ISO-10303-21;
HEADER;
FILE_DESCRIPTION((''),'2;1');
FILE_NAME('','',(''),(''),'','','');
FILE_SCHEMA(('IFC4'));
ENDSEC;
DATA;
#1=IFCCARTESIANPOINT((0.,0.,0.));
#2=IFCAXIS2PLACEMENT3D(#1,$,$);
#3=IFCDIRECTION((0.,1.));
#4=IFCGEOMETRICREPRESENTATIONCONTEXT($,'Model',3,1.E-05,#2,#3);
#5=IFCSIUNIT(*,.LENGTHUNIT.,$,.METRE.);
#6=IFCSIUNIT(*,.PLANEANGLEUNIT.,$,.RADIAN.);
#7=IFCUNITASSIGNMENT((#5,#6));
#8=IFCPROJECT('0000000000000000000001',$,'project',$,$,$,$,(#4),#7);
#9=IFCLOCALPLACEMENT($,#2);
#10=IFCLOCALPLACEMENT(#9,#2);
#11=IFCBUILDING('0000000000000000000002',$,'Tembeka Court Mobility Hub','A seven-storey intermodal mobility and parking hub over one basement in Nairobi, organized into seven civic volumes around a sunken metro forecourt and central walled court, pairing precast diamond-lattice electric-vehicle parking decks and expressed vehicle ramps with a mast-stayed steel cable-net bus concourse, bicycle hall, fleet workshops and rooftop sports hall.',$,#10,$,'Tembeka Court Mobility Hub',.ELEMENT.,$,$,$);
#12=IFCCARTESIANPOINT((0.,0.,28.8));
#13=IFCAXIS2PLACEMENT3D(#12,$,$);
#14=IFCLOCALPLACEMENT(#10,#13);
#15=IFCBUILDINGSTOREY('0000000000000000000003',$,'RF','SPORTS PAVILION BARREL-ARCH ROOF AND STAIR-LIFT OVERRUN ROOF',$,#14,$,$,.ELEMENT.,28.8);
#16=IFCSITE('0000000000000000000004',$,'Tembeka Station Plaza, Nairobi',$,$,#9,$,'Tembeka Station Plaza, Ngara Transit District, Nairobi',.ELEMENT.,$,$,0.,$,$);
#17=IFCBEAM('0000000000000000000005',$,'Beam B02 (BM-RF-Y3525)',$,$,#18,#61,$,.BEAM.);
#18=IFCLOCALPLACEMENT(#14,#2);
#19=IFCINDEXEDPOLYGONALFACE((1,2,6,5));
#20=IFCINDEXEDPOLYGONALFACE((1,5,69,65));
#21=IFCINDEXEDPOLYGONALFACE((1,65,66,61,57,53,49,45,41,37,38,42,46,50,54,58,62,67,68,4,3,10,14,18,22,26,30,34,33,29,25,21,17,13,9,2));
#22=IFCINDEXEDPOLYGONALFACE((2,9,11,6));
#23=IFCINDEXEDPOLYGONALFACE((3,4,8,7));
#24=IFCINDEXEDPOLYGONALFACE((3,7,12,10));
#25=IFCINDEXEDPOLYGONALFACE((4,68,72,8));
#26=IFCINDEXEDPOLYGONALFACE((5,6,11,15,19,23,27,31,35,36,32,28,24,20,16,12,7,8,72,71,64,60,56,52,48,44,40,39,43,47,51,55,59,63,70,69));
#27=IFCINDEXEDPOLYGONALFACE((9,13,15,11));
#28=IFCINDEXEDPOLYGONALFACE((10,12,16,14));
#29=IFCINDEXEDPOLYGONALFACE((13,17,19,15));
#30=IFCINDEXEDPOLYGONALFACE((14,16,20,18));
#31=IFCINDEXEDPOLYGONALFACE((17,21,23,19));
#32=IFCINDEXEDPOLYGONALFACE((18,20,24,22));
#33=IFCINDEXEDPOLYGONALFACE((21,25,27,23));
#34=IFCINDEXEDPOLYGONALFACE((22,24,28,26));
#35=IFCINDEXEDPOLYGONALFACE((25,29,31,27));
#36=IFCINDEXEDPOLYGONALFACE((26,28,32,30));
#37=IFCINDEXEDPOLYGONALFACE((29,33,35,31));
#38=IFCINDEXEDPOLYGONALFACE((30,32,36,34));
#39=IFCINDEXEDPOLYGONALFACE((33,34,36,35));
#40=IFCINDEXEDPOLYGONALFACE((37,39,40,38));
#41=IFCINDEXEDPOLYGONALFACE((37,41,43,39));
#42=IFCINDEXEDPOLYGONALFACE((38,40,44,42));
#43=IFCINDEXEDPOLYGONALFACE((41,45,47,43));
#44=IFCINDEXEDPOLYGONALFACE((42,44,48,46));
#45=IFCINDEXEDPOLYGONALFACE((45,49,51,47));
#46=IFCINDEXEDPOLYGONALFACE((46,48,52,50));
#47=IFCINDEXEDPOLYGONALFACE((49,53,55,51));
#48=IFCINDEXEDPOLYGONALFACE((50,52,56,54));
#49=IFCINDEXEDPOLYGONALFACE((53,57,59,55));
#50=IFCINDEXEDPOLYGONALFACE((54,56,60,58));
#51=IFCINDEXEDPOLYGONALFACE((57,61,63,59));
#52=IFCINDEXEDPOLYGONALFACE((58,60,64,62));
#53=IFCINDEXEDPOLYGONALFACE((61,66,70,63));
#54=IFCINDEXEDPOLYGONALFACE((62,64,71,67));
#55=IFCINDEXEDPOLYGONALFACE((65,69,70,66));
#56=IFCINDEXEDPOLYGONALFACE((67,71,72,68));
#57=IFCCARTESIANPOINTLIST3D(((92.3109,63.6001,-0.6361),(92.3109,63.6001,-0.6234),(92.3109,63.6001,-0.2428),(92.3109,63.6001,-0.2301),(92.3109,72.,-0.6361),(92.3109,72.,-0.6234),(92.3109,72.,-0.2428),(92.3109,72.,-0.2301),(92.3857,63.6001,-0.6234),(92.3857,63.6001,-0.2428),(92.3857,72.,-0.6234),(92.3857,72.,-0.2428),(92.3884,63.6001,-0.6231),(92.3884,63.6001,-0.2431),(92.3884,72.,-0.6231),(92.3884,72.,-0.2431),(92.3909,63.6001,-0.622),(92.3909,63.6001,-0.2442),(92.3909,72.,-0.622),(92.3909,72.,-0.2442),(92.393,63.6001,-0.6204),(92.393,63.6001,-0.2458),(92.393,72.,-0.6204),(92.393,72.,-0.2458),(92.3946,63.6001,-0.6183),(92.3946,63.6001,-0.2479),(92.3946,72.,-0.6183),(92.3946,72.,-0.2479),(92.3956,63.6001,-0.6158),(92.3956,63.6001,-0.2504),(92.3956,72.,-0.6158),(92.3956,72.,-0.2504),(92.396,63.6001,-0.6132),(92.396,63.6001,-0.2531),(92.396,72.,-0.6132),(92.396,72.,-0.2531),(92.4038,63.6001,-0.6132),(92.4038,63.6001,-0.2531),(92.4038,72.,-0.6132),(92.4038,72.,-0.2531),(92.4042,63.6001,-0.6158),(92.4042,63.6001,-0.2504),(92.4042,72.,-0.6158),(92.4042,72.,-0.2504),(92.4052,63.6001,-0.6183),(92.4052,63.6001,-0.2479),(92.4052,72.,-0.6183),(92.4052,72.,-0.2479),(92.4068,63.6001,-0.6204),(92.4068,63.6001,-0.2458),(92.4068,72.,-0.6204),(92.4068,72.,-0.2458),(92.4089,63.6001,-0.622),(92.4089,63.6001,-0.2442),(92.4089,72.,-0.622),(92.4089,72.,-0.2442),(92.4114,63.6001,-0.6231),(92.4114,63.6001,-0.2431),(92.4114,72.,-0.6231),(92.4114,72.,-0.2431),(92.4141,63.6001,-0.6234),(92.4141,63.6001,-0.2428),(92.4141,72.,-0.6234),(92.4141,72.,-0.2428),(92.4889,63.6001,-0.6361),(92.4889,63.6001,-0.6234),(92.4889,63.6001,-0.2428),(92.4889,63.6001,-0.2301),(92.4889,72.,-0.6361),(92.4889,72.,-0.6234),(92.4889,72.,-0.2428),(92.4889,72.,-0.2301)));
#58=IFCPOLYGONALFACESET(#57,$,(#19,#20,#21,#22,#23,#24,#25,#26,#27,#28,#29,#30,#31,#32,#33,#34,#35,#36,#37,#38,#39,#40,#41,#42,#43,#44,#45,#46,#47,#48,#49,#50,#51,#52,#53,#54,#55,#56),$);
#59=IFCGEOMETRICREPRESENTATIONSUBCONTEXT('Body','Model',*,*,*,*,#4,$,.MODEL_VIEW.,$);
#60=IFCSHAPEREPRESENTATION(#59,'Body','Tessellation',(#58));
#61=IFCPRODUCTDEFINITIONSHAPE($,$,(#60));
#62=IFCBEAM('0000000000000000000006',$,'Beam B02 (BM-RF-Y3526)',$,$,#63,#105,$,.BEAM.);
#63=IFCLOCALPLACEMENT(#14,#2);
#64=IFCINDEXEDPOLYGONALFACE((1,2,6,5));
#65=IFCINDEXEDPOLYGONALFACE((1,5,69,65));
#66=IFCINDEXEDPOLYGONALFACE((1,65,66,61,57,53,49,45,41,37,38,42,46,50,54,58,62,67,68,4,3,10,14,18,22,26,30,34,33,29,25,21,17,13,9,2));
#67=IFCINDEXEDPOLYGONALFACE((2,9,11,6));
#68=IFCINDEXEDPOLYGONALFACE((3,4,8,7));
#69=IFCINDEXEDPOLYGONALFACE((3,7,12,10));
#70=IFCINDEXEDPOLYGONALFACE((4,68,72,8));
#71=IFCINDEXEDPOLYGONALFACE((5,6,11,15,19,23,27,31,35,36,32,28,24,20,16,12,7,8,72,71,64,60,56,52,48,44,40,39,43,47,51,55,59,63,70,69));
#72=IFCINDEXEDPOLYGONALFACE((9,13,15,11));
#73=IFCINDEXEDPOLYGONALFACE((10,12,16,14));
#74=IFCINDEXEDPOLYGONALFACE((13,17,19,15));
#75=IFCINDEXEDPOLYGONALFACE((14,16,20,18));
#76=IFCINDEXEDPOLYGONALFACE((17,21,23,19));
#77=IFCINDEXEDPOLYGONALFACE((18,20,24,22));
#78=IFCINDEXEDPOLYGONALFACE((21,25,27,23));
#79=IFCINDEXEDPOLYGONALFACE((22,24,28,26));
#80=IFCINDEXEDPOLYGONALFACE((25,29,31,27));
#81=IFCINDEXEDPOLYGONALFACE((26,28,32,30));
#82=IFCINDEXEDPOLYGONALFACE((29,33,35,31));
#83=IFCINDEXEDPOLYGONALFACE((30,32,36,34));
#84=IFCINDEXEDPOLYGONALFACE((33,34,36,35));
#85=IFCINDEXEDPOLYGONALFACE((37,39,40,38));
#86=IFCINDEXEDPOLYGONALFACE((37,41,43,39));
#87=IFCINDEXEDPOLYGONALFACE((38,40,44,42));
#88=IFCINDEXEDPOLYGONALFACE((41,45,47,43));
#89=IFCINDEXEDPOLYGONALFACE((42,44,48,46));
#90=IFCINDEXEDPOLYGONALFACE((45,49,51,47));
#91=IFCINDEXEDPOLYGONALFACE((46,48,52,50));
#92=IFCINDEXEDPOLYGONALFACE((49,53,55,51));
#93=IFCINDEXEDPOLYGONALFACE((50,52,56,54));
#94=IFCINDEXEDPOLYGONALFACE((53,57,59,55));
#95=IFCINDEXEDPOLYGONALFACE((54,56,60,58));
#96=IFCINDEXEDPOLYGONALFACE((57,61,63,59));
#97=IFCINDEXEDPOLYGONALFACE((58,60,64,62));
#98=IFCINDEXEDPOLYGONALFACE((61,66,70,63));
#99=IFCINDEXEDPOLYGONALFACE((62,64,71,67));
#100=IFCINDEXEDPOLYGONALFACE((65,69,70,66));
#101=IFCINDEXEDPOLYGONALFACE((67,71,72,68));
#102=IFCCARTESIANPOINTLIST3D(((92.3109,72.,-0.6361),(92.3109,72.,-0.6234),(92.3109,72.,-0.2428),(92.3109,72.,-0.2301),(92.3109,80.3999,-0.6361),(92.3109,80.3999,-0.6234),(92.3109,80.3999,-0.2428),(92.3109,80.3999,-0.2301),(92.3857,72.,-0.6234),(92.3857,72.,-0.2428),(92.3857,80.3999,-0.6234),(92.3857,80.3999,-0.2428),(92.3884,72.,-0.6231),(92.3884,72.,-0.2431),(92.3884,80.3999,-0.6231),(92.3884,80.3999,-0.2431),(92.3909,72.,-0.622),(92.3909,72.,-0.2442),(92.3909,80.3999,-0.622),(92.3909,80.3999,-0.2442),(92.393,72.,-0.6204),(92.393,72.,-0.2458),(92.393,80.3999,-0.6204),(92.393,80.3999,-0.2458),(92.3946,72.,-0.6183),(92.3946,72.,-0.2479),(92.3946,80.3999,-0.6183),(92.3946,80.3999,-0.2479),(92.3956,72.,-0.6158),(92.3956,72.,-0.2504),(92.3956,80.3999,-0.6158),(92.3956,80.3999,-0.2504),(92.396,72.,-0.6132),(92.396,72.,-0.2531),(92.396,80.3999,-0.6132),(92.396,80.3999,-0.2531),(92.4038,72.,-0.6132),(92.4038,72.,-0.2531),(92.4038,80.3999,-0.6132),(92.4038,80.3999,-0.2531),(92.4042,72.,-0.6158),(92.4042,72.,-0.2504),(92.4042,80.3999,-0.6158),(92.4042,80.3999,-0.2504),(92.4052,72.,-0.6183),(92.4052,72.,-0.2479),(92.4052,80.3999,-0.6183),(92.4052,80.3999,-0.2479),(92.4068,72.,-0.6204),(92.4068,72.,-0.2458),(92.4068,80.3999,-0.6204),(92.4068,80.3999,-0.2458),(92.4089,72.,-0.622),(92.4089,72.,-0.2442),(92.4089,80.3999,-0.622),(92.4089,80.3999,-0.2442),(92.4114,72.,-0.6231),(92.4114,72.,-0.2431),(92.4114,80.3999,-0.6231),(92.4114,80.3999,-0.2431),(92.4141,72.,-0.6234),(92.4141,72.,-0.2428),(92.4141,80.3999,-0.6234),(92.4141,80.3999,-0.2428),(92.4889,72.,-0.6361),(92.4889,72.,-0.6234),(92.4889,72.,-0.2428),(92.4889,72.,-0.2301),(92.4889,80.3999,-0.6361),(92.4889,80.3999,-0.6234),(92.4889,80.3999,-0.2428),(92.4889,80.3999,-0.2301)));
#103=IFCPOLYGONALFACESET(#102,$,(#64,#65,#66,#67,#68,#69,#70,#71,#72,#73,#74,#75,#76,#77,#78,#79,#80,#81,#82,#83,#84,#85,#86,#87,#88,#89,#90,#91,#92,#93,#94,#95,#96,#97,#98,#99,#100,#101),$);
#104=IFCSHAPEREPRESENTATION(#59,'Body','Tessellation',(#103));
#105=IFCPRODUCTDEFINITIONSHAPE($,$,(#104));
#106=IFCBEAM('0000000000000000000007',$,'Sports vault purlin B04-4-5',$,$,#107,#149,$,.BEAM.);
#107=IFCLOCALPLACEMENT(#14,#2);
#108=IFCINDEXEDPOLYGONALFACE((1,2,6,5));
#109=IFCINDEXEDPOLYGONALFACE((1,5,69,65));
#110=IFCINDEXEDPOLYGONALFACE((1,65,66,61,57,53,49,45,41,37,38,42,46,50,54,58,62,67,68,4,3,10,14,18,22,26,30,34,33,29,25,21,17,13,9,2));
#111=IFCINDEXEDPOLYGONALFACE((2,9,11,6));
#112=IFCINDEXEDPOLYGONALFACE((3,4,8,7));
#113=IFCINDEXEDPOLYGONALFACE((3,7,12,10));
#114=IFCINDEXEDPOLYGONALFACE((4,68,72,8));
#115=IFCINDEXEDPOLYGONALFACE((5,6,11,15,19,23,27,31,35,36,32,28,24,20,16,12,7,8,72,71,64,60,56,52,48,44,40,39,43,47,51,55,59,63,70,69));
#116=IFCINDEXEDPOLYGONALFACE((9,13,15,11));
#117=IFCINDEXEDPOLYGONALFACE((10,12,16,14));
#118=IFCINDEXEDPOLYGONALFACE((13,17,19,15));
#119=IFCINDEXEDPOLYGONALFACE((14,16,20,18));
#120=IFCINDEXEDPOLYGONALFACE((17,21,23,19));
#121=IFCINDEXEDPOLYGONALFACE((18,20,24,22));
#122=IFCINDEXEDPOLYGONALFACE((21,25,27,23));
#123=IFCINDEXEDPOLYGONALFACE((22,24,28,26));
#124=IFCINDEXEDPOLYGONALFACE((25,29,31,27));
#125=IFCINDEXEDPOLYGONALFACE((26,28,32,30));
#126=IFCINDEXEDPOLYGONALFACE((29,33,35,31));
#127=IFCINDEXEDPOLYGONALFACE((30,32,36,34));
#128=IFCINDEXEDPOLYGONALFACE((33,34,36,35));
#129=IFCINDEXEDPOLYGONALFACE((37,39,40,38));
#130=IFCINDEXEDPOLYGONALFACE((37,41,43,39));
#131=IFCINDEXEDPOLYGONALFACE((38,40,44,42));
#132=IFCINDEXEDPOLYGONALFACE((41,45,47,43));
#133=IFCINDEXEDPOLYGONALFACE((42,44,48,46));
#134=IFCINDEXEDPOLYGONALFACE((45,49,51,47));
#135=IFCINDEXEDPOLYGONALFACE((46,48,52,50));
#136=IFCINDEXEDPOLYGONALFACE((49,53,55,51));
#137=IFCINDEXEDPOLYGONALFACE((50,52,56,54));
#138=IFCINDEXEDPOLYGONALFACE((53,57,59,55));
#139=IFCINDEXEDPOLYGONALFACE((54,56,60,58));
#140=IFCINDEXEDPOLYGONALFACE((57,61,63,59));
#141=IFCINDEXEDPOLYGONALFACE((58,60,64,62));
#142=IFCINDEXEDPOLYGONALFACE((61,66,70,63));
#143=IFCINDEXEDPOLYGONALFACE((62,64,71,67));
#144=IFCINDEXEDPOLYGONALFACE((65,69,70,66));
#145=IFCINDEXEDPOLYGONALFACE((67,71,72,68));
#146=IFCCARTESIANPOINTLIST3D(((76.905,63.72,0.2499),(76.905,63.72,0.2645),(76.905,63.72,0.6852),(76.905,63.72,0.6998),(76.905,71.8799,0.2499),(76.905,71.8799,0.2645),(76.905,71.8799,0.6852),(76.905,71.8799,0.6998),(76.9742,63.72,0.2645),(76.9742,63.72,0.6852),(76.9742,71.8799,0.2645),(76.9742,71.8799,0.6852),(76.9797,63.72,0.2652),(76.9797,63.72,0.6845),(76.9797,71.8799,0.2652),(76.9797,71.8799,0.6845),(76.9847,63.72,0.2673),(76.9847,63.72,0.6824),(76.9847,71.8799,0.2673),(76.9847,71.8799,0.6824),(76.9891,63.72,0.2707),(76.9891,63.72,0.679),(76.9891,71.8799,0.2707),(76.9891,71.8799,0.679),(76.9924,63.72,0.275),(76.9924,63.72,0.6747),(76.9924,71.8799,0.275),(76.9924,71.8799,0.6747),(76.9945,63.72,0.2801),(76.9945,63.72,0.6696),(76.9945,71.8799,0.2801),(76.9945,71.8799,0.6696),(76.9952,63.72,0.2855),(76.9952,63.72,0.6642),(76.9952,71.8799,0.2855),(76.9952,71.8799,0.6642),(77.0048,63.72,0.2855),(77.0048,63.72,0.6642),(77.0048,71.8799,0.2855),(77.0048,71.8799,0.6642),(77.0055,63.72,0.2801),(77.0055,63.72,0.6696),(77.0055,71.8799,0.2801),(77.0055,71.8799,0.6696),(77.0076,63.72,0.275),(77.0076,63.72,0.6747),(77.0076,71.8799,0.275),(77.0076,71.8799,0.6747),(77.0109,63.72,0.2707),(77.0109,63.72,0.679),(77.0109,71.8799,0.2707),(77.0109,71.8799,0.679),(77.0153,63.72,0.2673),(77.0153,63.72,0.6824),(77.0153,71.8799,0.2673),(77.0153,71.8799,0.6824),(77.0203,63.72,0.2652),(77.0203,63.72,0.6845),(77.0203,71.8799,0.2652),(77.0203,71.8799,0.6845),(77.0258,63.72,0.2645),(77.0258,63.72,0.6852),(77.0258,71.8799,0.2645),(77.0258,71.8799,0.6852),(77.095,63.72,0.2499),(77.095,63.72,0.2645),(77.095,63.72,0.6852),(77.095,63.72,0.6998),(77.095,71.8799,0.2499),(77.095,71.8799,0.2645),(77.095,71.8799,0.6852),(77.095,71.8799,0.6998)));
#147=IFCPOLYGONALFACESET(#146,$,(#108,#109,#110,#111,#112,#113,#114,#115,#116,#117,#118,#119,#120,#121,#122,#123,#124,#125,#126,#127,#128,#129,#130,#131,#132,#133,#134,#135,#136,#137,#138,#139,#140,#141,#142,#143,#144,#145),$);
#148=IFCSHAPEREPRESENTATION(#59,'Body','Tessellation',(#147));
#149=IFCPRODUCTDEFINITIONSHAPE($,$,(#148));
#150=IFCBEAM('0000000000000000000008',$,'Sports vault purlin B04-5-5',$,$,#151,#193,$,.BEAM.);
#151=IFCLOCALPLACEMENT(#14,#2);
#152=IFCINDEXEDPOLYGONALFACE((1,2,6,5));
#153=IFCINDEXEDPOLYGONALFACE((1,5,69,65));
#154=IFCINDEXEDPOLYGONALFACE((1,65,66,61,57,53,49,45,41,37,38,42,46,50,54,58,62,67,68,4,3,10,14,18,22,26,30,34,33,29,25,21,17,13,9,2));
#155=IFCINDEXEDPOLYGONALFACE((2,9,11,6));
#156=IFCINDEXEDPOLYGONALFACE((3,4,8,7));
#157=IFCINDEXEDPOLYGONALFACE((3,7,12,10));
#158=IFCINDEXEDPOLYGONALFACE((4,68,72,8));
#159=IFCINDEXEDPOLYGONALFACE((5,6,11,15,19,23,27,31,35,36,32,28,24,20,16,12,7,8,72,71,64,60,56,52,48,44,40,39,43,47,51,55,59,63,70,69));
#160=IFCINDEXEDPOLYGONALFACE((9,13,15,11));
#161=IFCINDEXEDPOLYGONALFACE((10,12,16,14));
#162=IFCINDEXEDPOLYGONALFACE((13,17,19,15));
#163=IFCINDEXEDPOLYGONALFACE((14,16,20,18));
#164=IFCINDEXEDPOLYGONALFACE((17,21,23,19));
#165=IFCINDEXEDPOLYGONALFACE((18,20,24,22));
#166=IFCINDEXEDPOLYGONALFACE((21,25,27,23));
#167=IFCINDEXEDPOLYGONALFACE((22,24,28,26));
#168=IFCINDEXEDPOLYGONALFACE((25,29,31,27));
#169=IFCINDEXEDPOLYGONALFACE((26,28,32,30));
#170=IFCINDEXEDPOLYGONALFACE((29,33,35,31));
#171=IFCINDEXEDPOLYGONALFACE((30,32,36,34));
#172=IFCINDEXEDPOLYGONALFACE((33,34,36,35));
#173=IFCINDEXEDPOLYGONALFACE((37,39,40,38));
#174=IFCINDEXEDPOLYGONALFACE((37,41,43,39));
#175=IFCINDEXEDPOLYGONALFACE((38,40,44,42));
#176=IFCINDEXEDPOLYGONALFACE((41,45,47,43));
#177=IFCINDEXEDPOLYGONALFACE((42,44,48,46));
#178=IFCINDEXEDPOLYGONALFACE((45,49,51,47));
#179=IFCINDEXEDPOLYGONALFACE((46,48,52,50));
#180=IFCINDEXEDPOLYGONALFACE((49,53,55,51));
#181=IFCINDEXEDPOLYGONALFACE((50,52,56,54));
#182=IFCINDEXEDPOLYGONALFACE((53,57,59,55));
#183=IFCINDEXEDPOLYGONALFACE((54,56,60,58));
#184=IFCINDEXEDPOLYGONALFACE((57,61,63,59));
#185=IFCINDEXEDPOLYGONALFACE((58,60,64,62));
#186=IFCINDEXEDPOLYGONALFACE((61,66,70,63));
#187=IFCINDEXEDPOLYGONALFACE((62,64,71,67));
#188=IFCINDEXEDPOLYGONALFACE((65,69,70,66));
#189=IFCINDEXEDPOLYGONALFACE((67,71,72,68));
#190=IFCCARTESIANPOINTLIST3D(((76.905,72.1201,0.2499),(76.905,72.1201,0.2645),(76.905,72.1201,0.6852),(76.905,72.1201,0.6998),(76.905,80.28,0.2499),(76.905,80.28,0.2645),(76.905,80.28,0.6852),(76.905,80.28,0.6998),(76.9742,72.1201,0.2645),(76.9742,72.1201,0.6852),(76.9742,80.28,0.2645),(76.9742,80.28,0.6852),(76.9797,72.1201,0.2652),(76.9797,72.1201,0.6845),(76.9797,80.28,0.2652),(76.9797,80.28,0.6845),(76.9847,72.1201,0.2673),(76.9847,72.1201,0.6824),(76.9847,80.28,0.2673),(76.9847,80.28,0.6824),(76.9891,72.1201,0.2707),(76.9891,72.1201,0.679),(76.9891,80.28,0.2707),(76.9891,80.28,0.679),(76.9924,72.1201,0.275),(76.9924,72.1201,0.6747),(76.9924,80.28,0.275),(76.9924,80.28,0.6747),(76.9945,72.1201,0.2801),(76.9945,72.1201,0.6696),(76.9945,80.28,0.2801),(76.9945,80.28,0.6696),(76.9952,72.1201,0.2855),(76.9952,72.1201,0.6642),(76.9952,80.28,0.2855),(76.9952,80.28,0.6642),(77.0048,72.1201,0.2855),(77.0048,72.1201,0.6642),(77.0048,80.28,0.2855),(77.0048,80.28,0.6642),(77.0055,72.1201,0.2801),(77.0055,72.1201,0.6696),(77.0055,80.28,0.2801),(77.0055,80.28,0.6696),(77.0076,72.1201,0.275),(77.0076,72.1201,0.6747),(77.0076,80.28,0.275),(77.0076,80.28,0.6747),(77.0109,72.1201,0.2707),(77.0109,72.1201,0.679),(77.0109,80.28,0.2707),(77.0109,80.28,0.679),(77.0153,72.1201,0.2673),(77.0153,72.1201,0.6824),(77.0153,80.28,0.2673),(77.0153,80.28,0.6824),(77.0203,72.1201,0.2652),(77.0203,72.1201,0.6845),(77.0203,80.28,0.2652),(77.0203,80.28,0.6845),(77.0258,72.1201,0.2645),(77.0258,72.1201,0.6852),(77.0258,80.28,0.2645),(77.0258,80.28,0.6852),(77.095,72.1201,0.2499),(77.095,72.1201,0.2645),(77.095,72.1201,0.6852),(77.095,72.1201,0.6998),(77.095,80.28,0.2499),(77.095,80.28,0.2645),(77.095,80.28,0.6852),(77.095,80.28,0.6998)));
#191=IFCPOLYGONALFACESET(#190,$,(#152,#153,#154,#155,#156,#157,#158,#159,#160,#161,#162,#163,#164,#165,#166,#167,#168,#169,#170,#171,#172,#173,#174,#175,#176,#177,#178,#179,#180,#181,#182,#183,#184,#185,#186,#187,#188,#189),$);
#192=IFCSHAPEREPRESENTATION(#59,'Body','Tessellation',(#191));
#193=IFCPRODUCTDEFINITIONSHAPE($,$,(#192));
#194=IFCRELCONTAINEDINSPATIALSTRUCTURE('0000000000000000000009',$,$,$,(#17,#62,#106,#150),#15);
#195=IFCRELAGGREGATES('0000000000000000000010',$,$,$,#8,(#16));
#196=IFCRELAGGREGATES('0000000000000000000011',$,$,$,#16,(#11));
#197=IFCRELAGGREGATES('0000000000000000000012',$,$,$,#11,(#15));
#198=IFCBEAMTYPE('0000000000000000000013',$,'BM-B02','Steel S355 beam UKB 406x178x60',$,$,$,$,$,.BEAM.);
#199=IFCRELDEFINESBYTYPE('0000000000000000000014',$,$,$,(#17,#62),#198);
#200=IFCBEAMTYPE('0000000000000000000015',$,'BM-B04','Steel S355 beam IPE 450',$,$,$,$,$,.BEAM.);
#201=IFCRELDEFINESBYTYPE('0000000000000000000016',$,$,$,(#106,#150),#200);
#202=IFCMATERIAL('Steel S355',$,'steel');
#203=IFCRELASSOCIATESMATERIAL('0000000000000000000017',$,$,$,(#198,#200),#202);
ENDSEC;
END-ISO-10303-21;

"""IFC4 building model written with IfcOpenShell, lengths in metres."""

from ifc_helpers import new_model, si_unit, direction, frame, origin, origin_2d, place, context, subcontext, project, spatial, i_section, extrude, material, material_profile, profile_set, type_object, element, save


model = new_model("IFC4")

# Units and contexts
model_context = context("Model", 3, precision=1e-05, world=origin(), true_north=direction((0.0, 1.0)))
body_context = subcontext(model_context, "Body", "Model", "MODEL_VIEW")
ifc_project = project(units=[si_unit("LENGTHUNIT", "METRE"), si_unit("PLANEANGLEUNIT", "RADIAN")], contexts=[model_context])

# Site, building, storey
site_placement = place(None, origin())
site = spatial("IfcSite", under=ifc_project, at=site_placement, Name="Tembeka Station Plaza, Nairobi", LongName="Tembeka Station Plaza, Ngara Transit District, Nairobi", CompositionType="ELEMENT", RefElevation=0.0)
building_placement = place(site_placement, origin())
building = spatial("IfcBuilding", under=site, at=building_placement, Name="Tembeka Court Mobility Hub", Description="A seven-storey intermodal mobility and parking hub over one basement in Nairobi, organized into seven civic volumes around a sunken metro forecourt and central walled court, pairing precast diamond-lattice electric-vehicle parking decks and expressed vehicle ramps with a mast-stayed steel cable-net bus concourse, bicycle hall, fleet workshops and rooftop sports hall.", LongName="Tembeka Court Mobility Hub", CompositionType="ELEMENT")
storey_placement = place(building_placement, frame((0.0, 0.0, 28.8)))
storey = spatial("IfcBuildingStorey", under=building, at=storey_placement, Name="RF", Description="SPORTS PAVILION BARREL-ARCH ROOF AND STAIR-LIFT OVERRUN ROOF", CompositionType="ELEMENT", Elevation=28.8)

# Beams
ifc_material_1 = material(Name="Steel S355", Category="steel")
ifc_material_profile_1 = material_profile(ifc_material_1, i_section(OverallWidth=0.178, OverallDepth=0.406, WebThickness=0.0078, FlangeThickness=0.0127, FilletRadius=0.0103, at=origin_2d()), Name="UKB 406x178x60")
ifc_profile_set_1 = profile_set([ifc_material_profile_1], Name="Steel S355")
beam_type_1 = type_object("IfcBeamType", Name="BM-B02", Description="Steel S355 beam UKB 406x178x60", PredefinedType="BEAM", material=ifc_profile_set_1)
for number, where, z_axis, x_axis, name in (
    (1, (92.3999, 63.6001, -0.4331), (0.0, 1.0, 0.0), (-1.0, 0.0, 0.0), "Beam B02 (BM-RF-Y3525)"),
    (2, (92.3999, 72.0, -0.4331), (0.0, 1.0, 0.0), (-1.0, 0.0, 0.0), "Beam B02 (BM-RF-Y3526)"),
):
    element("IfcBeam", number, at=place(storey_placement, frame(where, z_axis=z_axis, x_axis=x_axis)), inside=storey, type_object=beam_type_1, Name=name, PredefinedType="BEAM", context=body_context, shape_type="SweptSolid", body=[
        extrude(i_section(OverallWidth=0.178, OverallDepth=0.406, WebThickness=0.0078, FlangeThickness=0.0127, FilletRadius=0.0103, at=origin_2d()), origin(), (0.0, 0.0, 1.0), 8.3999),
    ])
ifc_material_profile_2 = material_profile(ifc_material_1, i_section(OverallWidth=0.1899, OverallDepth=0.45, WebThickness=0.0095, FlangeThickness=0.0146, FilletRadius=0.021, at=origin_2d()), Name="IPE 450")
ifc_profile_set_2 = profile_set([ifc_material_profile_2], Name="Steel S355")
beam_type_2 = type_object("IfcBeamType", Name="BM-B04", Description="Steel S355 beam IPE 450", PredefinedType="BEAM", material=ifc_profile_set_2)
for number, where, z_axis, x_axis, name in (
    (3, (77.0, 63.72, 0.4749), (0.0, 1.0, 0.0), (-1.0, 0.0, 0.0), "Sports vault purlin B04-4-5"),
    (4, (77.0, 72.1201, 0.4749), (0.0, 1.0, 0.0), (-1.0, 0.0, 0.0), "Sports vault purlin B04-5-5"),
):
    element("IfcBeam", number, at=place(storey_placement, frame(where, z_axis=z_axis, x_axis=x_axis)), inside=storey, type_object=beam_type_2, Name=name, PredefinedType="BEAM", context=body_context, shape_type="SweptSolid", body=[
        extrude(i_section(OverallWidth=0.1899, OverallDepth=0.45, WebThickness=0.0095, FlangeThickness=0.0146, FilletRadius=0.021, at=origin_2d()), origin(), (0.0, 0.0, 1.0), 8.1599),
    ])

save(model, "model.ifc")
